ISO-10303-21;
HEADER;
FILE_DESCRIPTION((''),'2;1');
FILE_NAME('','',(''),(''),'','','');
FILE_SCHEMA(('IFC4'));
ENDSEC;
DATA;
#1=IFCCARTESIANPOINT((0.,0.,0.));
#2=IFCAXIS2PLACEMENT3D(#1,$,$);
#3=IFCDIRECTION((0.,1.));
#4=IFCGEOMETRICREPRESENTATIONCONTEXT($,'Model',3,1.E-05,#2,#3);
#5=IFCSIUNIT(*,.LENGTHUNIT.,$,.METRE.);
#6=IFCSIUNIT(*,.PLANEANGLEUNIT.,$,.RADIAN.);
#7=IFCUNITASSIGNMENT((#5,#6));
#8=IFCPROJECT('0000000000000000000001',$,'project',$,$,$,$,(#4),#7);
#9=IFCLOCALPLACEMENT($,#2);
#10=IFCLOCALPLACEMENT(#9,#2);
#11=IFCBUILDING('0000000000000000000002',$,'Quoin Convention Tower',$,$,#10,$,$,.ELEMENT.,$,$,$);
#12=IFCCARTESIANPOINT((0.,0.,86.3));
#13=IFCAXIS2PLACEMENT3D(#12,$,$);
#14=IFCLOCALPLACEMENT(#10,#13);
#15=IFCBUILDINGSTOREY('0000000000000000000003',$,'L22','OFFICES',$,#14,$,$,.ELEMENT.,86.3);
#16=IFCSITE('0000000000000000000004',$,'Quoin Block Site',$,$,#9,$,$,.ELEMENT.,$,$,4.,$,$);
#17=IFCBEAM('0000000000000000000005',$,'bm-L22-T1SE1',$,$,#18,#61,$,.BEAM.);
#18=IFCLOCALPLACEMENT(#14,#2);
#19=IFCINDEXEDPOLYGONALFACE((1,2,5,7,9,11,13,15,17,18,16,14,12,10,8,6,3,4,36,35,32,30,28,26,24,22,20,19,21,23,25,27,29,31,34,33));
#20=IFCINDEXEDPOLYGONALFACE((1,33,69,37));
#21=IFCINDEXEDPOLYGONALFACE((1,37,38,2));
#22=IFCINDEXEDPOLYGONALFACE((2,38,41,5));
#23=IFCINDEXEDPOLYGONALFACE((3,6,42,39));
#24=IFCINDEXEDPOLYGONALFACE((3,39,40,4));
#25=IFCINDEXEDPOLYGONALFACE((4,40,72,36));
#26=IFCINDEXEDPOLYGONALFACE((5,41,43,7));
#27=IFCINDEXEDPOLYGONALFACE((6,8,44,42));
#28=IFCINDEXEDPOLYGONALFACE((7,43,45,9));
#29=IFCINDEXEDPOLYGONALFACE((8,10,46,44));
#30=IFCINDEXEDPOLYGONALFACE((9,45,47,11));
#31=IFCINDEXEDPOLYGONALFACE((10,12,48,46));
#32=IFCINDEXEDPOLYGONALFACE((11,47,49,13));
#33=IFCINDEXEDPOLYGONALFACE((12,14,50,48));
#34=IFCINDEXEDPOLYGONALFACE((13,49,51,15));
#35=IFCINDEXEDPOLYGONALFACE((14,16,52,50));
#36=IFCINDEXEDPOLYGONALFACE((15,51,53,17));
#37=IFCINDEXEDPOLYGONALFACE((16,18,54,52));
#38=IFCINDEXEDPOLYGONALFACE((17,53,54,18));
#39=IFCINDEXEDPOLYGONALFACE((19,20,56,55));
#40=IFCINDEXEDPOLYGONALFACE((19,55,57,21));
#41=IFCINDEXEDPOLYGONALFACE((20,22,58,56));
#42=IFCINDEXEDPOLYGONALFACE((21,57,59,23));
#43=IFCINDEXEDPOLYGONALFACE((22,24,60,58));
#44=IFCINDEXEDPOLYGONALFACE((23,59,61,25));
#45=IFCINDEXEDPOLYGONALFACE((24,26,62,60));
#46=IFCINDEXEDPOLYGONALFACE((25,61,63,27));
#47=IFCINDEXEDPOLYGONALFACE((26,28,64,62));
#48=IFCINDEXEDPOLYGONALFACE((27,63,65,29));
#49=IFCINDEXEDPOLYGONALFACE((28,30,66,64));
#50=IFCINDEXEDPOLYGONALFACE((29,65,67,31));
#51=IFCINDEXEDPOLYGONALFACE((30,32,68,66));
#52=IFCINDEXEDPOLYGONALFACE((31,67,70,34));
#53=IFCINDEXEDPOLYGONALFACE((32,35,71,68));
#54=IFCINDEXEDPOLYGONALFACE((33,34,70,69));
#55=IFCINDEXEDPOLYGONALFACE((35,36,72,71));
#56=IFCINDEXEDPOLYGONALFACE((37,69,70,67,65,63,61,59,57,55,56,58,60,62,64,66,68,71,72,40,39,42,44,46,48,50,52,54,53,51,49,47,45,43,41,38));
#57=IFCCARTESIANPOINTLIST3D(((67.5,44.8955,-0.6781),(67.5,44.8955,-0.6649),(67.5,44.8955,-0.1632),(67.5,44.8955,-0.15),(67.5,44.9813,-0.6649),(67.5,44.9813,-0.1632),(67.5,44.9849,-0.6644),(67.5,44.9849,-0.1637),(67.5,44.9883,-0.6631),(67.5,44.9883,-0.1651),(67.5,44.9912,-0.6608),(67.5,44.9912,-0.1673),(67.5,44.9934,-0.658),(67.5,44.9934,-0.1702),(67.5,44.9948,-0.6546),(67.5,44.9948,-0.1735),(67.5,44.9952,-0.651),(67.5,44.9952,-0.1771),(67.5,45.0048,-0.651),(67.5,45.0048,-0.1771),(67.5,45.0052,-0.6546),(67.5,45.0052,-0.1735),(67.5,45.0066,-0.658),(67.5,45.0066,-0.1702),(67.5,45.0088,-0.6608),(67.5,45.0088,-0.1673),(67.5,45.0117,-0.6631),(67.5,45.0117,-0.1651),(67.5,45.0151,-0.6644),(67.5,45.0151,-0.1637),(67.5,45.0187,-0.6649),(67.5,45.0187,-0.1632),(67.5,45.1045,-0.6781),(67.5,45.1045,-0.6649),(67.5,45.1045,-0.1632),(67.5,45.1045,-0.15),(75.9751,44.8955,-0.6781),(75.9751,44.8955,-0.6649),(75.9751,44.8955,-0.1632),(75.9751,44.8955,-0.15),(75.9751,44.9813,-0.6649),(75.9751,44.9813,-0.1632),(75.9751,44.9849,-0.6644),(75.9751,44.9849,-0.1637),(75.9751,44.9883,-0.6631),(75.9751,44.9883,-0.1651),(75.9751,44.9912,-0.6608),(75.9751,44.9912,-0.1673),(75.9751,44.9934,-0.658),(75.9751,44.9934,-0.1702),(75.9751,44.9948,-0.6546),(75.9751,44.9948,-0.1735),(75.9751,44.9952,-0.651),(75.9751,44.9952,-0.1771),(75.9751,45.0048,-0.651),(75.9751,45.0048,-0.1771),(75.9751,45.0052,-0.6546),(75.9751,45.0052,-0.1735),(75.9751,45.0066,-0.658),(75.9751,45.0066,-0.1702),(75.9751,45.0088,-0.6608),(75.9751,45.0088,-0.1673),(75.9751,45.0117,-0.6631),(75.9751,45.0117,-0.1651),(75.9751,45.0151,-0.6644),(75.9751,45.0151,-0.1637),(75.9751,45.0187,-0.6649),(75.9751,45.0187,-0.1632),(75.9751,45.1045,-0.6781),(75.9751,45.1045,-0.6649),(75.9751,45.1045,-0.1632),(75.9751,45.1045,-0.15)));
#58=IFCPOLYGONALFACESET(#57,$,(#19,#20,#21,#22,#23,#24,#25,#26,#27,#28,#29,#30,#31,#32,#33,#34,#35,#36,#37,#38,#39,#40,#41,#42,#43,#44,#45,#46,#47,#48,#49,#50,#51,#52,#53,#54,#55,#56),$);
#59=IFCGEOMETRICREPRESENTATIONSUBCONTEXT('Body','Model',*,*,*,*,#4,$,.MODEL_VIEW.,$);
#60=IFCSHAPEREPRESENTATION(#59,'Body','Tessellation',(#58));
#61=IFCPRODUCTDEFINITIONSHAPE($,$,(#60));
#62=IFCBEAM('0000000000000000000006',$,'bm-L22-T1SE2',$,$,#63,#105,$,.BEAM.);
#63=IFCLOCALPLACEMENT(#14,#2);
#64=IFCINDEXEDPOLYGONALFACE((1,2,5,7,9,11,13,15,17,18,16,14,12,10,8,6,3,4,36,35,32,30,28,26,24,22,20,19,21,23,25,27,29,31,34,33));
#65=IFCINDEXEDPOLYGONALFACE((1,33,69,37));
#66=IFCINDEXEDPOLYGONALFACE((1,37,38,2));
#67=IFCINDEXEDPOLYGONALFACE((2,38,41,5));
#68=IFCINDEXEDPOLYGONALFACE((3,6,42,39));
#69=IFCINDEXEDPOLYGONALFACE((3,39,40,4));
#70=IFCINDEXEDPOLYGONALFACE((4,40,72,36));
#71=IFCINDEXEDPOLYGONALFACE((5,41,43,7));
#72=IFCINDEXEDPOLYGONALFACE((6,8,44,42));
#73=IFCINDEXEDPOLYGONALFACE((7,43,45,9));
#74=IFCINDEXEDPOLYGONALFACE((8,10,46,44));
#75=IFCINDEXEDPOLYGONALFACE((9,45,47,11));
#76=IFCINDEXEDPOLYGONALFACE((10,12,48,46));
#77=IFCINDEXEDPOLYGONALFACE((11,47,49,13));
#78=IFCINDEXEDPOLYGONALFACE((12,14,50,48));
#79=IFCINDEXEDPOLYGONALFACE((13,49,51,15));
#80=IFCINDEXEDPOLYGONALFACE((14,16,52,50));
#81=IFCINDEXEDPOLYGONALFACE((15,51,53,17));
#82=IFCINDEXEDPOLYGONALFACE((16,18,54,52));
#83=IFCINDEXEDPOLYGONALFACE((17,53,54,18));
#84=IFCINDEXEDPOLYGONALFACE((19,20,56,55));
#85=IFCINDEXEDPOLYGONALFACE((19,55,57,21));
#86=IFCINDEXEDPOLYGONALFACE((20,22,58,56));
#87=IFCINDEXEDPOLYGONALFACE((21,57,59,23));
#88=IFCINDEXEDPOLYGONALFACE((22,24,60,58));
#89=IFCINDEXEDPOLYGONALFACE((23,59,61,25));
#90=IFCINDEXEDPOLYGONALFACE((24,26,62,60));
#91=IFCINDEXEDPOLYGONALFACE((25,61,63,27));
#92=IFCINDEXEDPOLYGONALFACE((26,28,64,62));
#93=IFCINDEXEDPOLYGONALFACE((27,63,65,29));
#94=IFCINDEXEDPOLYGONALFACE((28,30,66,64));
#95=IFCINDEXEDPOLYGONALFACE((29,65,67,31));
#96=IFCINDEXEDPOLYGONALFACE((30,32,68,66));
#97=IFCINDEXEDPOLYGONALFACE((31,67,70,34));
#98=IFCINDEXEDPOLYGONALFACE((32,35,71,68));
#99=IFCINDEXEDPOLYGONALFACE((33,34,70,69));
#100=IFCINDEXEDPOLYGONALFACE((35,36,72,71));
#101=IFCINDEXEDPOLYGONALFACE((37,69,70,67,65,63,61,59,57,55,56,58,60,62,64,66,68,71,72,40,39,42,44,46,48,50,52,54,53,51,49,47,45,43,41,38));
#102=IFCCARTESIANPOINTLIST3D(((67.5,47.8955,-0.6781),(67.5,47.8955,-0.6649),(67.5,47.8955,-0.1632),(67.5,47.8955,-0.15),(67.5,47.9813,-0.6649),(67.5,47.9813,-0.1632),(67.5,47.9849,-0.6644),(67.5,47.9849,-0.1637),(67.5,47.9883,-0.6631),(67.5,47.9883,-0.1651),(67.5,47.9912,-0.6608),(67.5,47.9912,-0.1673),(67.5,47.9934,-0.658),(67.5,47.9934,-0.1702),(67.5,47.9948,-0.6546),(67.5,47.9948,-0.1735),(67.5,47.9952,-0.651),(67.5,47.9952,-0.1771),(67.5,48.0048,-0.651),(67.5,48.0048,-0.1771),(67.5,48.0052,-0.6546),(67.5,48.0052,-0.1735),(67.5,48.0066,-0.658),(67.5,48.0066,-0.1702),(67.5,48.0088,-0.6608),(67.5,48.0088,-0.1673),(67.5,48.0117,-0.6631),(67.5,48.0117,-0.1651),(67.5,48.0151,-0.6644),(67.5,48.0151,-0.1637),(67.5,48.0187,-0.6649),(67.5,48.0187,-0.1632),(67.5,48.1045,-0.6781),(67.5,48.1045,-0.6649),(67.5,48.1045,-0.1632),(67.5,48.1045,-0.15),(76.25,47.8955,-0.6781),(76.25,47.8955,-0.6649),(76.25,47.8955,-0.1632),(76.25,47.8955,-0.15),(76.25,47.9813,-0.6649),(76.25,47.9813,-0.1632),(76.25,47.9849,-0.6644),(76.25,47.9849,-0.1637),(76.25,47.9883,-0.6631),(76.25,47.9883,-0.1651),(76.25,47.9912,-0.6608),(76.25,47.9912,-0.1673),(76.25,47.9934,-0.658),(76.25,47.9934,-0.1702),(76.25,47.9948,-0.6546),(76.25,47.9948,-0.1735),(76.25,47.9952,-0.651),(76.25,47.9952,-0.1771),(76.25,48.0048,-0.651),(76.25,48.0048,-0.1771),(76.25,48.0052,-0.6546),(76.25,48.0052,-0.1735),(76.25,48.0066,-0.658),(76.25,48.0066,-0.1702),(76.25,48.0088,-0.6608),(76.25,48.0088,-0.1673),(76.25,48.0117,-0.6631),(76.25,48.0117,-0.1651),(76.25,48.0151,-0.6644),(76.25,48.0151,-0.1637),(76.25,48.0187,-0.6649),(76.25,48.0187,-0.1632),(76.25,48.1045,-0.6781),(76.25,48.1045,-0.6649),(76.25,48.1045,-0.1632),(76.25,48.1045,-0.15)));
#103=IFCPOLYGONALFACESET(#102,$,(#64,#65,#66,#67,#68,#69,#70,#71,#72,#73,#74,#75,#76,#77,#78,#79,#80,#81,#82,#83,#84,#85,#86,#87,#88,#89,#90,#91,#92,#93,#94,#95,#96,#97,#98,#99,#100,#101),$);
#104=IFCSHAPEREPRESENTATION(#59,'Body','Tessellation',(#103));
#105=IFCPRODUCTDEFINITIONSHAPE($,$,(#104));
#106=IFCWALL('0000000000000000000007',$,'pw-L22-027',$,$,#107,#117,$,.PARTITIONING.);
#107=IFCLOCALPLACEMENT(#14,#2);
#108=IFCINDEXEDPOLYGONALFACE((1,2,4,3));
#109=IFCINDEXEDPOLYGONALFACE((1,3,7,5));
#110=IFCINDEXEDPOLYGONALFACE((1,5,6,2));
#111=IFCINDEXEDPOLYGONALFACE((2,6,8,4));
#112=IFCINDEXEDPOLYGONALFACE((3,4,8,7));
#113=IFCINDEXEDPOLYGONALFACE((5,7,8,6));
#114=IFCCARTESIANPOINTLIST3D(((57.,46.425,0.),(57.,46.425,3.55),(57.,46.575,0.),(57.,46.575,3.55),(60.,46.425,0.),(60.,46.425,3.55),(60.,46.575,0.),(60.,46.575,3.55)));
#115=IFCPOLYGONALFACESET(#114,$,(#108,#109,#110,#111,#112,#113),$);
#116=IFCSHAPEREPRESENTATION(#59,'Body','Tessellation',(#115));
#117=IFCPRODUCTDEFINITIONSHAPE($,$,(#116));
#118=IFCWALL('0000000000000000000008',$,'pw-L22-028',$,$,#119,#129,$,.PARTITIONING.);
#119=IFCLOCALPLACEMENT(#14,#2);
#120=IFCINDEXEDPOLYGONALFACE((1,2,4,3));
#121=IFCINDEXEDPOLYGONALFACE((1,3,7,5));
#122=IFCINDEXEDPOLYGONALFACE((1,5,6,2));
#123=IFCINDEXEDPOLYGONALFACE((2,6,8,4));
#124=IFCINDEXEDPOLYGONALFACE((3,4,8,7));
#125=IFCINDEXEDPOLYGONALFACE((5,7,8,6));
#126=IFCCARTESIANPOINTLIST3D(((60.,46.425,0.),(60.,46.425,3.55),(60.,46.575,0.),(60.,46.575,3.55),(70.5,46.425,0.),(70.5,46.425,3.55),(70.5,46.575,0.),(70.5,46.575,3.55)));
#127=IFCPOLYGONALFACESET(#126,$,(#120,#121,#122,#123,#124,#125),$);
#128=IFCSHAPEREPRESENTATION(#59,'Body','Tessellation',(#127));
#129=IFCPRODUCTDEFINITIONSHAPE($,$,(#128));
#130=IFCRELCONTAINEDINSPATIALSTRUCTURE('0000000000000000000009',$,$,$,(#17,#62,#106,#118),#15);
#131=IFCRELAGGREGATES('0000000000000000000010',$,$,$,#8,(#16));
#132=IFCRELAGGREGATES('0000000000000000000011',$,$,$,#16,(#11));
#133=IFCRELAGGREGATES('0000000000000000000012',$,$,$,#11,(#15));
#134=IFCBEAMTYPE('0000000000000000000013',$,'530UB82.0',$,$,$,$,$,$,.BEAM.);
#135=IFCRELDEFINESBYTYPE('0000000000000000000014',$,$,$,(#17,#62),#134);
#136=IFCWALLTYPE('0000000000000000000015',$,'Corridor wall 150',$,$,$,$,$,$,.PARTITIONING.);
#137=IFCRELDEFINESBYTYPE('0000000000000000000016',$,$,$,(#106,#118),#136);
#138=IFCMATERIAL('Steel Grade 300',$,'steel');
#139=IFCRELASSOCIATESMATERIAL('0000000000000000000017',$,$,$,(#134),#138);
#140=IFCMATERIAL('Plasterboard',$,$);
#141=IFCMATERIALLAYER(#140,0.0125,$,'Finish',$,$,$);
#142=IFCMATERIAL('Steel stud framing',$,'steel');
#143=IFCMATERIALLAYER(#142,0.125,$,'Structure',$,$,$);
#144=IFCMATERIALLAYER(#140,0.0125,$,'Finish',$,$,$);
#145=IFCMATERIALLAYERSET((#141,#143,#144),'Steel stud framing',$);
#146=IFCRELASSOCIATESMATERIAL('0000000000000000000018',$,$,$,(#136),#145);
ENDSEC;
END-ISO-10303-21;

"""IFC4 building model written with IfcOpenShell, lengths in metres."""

from ifc_helpers import new_model, si_unit, direction, frame, frame_2d, origin, origin_2d, place, context, subcontext, project, spatial, rectangle, i_section, extrude, material, layer, layer_set, material_profile, profile_set, type_object, element, save


model = new_model("IFC4")

# Units and contexts
model_context = context("Model", 3, precision=1e-05, world=origin(), true_north=direction((0.0, 1.0)))
body_context = subcontext(model_context, "Body", "Model", "MODEL_VIEW")
ifc_project = project(units=[si_unit("LENGTHUNIT", "METRE"), si_unit("PLANEANGLEUNIT", "RADIAN")], contexts=[model_context])

# Site, building, storey
site_placement = place(None, origin())
site = spatial("IfcSite", under=ifc_project, at=site_placement, Name="Quoin Block Site", CompositionType="ELEMENT", RefElevation=4.0)
building_placement = place(site_placement, origin())
building = spatial("IfcBuilding", under=site, at=building_placement, Name="Quoin Convention Tower", CompositionType="ELEMENT")
storey_placement = place(building_placement, frame((0.0, 0.0, 86.3)))
storey = spatial("IfcBuildingStorey", under=building, at=storey_placement, Name="L22", Description="OFFICES", CompositionType="ELEMENT", Elevation=86.3)

# Beams
ifc_material_1 = material(Name="Steel Grade 300", Category="steel")
ifc_material_profile = material_profile(ifc_material_1, i_section(OverallWidth=0.209, OverallDepth=0.5281, WebThickness=0.0095, FlangeThickness=0.0132, FilletRadius=0.0139, at=origin_2d()), Name="530UB82.0")
ifc_profile_set = profile_set([ifc_material_profile], Name="Steel Grade 300")
beam_type = type_object("IfcBeamType", Name="530UB82.0", PredefinedType="BEAM", material=ifc_profile_set)
beam_1_placement = place(storey_placement, frame((67.5, 45.0, -0.4141), z_axis=(1.0, 0.0, 0.0), x_axis=(0.0, 1.0, 0.0)))
element("IfcBeam", 1, at=beam_1_placement, inside=storey, type_object=beam_type, Name="bm-L22-T1SE1", PredefinedType="BEAM", context=body_context, shape_type="SweptSolid", body=[
    extrude(i_section(OverallWidth=0.209, OverallDepth=0.5281, WebThickness=0.0095, FlangeThickness=0.0132, FilletRadius=0.0139, at=origin_2d()), origin(), (0.0, 0.0, 1.0), 8.4751),
])
beam_2_placement = place(storey_placement, frame((67.5, 48.0, -0.4141), z_axis=(1.0, 0.0, 0.0), x_axis=(0.0, 1.0, 0.0)))
element("IfcBeam", 2, at=beam_2_placement, inside=storey, type_object=beam_type, Name="bm-L22-T1SE2", PredefinedType="BEAM", context=body_context, shape_type="SweptSolid", body=[
    extrude(i_section(OverallWidth=0.209, OverallDepth=0.5281, WebThickness=0.0095, FlangeThickness=0.0132, FilletRadius=0.0139, at=origin_2d()), origin(), (0.0, 0.0, 1.0), 8.75),
])

# Walls
ifc_material_2 = material(Name="Plasterboard")
ifc_layer_1 = layer(ifc_material_2, 0.0125, Name="Finish")
ifc_material_3 = material(Name="Steel stud framing", Category="steel")
ifc_layer_2 = layer(ifc_material_3, 0.125, Name="Structure")
ifc_layer_3 = layer(ifc_material_2, 0.0125, Name="Finish")
ifc_layer_set_1 = layer_set([ifc_layer_1, ifc_layer_2, ifc_layer_3], Name="Steel stud framing")
wall_type_1 = type_object("IfcWallType", Name="Corridor wall 150", PredefinedType="PARTITIONING", material=ifc_layer_set_1)
wall_1_placement = place(storey_placement, frame((57.0, 46.5, 0.0), z_axis=(0.0, 0.0, 1.0), x_axis=(1.0, 0.0, 0.0)))
element("IfcWall", 3, at=wall_1_placement, inside=storey, type_object=wall_type_1, Name="pw-L22-027", PredefinedType="PARTITIONING", context=body_context, shape_type="SweptSolid", body=[
    extrude(rectangle(XDim=3.0, YDim=0.1499, at=frame_2d((1.5, 0.0))), origin(), (0.0, 0.0, 1.0), 3.55),
])
wall_2_placement = place(storey_placement, frame((60.0, 46.5, 0.0), z_axis=(0.0, 0.0, 1.0), x_axis=(1.0, 0.0, 0.0)))
element("IfcWall", 4, at=wall_2_placement, inside=storey, type_object=wall_type_1, Name="pw-L22-028", PredefinedType="PARTITIONING", context=body_context, shape_type="SweptSolid", body=[
    extrude(rectangle(XDim=10.5, YDim=0.1499, at=frame_2d((5.25, 0.0))), origin(), (0.0, 0.0, 1.0), 3.55),
])

save(model, "model.ifc")
